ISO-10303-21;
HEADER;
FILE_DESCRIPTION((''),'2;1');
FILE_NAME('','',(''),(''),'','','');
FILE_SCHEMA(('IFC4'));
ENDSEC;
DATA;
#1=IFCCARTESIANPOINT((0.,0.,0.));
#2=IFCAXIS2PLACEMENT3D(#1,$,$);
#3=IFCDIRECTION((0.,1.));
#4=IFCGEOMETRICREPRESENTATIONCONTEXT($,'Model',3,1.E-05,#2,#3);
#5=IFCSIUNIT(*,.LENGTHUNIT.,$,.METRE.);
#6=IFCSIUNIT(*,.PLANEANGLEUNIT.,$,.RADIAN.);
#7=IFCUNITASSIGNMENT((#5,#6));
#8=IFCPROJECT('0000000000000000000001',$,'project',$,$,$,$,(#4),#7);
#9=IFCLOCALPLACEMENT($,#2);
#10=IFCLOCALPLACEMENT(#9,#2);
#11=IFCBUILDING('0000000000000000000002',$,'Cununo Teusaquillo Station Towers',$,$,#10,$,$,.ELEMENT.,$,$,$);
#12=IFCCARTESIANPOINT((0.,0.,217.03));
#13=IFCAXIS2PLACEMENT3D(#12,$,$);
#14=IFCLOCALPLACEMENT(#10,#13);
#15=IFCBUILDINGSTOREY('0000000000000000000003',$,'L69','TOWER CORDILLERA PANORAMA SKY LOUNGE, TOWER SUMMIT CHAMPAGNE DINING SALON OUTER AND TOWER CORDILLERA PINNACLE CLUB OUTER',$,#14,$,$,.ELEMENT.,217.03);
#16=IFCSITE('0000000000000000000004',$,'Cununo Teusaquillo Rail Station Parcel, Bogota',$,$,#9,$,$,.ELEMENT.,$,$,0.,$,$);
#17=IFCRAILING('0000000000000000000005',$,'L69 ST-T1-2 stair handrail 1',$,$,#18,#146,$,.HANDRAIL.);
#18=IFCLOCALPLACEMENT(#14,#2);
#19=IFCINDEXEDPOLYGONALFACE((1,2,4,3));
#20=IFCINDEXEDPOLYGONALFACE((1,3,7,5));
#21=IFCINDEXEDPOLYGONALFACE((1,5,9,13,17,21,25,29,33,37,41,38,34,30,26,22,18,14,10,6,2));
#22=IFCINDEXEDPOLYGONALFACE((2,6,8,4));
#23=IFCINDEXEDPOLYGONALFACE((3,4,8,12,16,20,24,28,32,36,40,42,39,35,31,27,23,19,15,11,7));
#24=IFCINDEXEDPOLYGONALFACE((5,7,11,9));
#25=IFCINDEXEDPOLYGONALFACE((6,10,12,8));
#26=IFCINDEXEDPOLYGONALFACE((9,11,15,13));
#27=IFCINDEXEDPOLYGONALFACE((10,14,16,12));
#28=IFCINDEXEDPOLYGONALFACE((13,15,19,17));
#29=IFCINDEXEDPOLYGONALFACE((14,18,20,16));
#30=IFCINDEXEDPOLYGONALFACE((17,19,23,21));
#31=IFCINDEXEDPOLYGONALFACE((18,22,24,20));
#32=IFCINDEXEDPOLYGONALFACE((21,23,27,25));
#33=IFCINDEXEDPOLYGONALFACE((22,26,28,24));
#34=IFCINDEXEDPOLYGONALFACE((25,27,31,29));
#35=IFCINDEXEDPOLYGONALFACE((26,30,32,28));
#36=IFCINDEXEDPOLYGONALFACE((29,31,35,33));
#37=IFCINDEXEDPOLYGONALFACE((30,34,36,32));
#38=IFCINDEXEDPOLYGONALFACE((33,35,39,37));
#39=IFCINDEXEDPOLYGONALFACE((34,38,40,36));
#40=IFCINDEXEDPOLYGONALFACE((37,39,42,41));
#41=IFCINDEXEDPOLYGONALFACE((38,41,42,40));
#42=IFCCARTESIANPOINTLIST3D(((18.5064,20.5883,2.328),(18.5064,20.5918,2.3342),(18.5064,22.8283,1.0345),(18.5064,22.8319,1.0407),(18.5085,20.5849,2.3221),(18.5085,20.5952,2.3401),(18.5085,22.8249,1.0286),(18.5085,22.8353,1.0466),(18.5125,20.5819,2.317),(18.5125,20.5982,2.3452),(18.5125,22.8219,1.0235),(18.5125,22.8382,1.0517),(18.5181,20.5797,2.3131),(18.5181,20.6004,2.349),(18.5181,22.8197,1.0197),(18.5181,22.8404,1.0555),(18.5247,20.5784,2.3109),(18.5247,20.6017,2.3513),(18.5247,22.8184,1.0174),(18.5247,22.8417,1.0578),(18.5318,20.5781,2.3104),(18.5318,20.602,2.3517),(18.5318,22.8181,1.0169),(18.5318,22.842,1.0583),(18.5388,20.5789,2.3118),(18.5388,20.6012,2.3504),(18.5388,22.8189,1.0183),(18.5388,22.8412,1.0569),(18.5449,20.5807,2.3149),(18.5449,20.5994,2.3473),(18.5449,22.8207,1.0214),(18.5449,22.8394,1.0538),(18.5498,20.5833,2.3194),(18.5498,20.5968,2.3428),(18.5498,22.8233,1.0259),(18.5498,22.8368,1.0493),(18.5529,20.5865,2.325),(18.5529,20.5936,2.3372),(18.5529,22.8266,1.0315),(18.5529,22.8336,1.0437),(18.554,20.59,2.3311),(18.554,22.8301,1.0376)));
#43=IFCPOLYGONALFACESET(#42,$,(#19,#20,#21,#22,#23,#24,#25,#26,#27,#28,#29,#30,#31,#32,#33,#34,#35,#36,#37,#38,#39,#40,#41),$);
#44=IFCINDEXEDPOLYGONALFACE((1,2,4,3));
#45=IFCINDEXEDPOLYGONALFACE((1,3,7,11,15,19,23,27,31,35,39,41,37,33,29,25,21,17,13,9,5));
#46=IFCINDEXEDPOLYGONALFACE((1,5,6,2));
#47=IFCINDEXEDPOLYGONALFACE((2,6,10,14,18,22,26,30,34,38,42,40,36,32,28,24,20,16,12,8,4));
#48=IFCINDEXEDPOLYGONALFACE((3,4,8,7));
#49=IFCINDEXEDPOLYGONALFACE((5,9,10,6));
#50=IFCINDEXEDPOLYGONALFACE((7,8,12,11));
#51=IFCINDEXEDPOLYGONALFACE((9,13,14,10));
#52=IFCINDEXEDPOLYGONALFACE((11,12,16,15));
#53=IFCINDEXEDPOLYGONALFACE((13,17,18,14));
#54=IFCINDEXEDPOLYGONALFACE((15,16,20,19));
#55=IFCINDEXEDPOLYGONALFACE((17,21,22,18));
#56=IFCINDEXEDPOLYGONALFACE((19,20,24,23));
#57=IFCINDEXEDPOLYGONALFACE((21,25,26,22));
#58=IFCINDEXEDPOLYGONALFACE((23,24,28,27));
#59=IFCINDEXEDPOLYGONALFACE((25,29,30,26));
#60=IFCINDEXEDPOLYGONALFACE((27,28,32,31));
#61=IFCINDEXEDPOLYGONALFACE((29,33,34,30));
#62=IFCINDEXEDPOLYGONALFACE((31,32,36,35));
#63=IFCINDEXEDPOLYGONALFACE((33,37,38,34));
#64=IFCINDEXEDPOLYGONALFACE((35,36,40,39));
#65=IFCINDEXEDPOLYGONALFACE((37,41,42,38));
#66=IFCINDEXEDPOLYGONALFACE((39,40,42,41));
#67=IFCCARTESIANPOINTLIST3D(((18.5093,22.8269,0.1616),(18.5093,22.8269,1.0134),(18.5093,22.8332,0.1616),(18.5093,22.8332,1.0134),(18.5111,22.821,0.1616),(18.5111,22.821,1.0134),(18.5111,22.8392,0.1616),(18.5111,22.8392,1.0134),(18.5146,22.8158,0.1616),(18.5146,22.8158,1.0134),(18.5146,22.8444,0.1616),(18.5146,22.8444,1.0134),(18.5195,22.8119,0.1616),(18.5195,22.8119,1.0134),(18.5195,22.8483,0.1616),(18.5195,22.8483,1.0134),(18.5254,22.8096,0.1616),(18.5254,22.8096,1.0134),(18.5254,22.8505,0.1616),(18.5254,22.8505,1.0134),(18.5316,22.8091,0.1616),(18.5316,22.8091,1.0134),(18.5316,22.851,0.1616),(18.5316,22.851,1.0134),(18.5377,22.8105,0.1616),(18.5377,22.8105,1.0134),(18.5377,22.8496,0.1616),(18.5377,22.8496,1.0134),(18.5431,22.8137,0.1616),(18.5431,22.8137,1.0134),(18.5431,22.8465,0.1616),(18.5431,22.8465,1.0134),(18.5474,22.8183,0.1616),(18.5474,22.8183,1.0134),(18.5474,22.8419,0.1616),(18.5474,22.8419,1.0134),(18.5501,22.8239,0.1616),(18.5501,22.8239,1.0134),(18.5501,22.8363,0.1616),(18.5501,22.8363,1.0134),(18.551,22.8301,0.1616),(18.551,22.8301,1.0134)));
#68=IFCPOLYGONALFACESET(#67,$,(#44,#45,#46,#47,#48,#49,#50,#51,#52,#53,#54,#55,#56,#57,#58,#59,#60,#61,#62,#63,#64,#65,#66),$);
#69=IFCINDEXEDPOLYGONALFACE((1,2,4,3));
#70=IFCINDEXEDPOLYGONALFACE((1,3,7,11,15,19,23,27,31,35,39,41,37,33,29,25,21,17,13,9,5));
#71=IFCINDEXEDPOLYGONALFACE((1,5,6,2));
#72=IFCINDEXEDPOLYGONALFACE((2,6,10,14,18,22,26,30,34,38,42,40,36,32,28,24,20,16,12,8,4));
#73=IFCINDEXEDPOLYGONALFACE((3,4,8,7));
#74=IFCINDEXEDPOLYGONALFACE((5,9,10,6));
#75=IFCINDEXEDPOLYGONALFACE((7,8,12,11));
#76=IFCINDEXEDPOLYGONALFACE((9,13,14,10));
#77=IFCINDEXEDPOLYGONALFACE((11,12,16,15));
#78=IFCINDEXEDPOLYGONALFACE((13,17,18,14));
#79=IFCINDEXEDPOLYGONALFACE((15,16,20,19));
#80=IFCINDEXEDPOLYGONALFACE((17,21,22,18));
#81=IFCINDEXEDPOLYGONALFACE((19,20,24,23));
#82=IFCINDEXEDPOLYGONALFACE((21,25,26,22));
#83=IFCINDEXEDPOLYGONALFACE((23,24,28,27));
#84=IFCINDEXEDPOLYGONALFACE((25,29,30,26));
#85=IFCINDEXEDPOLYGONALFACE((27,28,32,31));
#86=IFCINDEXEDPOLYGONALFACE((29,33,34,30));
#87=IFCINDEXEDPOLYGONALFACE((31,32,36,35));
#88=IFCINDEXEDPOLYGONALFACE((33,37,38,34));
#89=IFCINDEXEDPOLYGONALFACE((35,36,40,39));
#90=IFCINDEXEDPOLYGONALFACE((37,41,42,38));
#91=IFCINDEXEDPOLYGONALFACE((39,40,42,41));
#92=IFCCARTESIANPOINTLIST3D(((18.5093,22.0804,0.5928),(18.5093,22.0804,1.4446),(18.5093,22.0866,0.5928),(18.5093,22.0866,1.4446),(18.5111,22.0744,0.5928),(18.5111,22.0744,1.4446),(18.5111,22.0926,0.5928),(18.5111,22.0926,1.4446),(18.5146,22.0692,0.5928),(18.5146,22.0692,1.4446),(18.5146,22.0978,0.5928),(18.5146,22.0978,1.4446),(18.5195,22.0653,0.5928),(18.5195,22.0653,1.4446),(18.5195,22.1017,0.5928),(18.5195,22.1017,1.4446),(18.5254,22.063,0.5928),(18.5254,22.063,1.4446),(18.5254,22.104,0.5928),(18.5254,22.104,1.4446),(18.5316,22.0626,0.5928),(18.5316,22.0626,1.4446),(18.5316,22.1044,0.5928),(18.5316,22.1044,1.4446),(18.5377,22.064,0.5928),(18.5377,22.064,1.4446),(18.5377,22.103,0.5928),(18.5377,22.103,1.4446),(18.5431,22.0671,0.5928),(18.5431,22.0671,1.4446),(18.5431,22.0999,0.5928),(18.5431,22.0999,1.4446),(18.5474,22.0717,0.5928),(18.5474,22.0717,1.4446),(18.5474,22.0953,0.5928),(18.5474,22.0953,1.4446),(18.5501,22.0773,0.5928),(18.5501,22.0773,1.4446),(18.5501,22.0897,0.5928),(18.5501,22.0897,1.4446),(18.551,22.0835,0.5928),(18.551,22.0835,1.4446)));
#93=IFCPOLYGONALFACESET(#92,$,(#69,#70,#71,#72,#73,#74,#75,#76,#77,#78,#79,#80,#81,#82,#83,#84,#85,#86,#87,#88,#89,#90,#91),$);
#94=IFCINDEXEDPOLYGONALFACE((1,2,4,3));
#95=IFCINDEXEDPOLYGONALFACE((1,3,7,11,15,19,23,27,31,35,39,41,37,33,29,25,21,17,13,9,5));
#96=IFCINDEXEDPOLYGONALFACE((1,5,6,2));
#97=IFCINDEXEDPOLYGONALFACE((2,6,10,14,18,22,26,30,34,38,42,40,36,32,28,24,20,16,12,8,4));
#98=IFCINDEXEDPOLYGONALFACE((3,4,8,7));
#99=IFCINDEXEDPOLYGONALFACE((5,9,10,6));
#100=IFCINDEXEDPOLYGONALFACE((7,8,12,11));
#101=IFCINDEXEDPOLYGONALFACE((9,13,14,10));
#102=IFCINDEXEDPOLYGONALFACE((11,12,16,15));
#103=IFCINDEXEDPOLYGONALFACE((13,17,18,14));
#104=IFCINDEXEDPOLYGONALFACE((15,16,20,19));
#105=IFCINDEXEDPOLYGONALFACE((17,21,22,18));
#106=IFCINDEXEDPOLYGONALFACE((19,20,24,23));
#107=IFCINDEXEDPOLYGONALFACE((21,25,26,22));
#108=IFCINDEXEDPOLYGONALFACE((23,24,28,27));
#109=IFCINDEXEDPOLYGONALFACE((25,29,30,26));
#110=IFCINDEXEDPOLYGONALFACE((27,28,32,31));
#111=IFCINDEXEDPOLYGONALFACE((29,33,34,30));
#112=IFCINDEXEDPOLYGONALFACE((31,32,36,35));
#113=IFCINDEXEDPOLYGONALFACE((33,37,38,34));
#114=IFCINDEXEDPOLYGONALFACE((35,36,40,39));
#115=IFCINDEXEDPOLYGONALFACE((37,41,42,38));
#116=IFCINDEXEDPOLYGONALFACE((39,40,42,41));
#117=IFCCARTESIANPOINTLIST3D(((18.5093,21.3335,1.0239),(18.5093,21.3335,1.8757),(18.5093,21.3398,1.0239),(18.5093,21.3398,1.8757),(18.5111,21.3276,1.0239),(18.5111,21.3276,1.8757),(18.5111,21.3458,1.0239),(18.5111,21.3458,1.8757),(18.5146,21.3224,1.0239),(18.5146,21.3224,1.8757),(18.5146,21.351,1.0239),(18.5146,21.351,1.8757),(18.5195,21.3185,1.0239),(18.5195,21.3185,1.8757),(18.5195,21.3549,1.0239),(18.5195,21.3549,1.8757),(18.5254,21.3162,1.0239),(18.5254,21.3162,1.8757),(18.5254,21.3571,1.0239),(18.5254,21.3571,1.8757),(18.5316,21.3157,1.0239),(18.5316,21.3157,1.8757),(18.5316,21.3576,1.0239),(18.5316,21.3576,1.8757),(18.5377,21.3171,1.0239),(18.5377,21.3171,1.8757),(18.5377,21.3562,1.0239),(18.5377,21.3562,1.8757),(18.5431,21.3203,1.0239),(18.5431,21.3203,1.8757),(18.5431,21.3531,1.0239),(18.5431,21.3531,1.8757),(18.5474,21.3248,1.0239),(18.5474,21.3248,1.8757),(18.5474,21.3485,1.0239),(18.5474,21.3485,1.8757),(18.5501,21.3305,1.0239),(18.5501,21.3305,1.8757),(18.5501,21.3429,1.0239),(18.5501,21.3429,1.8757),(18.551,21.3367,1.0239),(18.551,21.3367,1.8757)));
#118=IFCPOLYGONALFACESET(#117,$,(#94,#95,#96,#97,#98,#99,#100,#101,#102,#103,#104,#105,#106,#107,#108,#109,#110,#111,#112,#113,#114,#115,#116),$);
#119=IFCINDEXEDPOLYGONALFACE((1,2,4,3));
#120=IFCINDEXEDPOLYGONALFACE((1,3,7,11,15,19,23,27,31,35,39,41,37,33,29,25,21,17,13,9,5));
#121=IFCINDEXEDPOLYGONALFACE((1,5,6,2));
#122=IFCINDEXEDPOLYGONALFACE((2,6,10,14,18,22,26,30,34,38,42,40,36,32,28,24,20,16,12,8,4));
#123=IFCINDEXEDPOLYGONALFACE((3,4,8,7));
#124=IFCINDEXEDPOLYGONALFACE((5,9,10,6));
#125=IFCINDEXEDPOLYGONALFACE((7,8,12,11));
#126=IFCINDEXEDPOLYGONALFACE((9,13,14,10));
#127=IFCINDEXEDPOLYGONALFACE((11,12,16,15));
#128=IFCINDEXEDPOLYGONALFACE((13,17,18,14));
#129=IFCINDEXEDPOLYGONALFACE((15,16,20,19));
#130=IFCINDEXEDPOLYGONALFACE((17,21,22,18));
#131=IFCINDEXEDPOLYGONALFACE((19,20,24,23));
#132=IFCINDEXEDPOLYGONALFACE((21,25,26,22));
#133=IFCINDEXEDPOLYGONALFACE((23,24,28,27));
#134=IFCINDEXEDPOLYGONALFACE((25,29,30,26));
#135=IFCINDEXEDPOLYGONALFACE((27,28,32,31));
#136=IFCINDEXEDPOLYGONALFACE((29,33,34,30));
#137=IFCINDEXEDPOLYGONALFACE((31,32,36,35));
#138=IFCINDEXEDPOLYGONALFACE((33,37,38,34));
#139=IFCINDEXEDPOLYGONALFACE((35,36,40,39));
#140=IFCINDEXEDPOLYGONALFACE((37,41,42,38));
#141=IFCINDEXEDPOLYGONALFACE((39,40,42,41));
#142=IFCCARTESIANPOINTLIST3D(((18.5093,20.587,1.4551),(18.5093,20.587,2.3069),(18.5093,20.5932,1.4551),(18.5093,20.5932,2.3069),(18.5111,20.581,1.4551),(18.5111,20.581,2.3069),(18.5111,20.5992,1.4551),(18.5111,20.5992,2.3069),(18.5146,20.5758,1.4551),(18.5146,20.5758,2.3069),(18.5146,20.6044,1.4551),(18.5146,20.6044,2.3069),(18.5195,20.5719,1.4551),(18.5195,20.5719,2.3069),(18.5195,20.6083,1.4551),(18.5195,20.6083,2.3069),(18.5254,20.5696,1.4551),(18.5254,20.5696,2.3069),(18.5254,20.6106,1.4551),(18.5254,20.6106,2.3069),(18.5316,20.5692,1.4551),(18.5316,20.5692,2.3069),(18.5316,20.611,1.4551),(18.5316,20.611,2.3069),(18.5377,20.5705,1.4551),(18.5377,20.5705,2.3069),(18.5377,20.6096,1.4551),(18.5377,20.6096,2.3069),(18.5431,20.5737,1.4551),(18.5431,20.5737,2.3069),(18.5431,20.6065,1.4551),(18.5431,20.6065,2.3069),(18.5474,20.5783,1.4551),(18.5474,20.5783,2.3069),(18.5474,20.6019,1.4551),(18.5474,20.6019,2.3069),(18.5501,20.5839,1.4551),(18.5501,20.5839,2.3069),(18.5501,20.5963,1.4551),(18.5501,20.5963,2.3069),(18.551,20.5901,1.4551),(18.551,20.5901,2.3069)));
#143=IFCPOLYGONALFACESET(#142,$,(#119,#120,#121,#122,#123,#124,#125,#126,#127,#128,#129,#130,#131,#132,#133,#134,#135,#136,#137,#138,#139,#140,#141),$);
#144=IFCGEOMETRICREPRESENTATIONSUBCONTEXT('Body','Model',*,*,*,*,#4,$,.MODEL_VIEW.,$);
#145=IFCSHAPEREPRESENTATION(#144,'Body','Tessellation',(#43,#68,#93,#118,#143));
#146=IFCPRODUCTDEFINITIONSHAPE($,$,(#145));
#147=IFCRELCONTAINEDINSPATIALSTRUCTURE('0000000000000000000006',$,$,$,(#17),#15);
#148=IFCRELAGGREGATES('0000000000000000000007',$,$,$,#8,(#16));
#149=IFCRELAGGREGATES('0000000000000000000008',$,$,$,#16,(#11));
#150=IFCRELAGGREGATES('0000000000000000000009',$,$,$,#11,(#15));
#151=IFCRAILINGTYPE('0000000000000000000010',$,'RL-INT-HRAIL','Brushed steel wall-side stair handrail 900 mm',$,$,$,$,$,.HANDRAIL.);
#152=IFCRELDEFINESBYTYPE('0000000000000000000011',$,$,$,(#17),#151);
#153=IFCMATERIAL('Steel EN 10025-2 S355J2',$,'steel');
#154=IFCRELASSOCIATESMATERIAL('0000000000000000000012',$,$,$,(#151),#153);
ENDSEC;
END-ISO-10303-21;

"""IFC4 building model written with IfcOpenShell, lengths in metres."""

from ifc_helpers import new_model, si_unit, direction, frame, origin, origin_2d, place, context, subcontext, project, spatial, circle, extrude, material, type_object, element, save


model = new_model("IFC4")

# Units and contexts
model_context = context("Model", 3, precision=1e-05, world=origin(), true_north=direction((0.0, 1.0)))
body_context = subcontext(model_context, "Body", "Model", "MODEL_VIEW")
ifc_project = project(units=[si_unit("LENGTHUNIT", "METRE"), si_unit("PLANEANGLEUNIT", "RADIAN")], contexts=[model_context])

# Site, building, storey
site_placement = place(None, origin())
site = spatial("IfcSite", under=ifc_project, at=site_placement, Name="Cununo Teusaquillo Rail Station Parcel, Bogota", CompositionType="ELEMENT", RefElevation=0.0)
building_placement = place(site_placement, origin())
building = spatial("IfcBuilding", under=site, at=building_placement, Name="Cununo Teusaquillo Station Towers", CompositionType="ELEMENT")
storey_placement = place(building_placement, frame((0.0, 0.0, 217.03)))
storey = spatial("IfcBuildingStorey", under=building, at=storey_placement, Name="L69", Description="TOWER CORDILLERA PANORAMA SKY LOUNGE, TOWER SUMMIT CHAMPAGNE DINING SALON OUTER AND TOWER CORDILLERA PINNACLE CLUB OUTER", CompositionType="ELEMENT", Elevation=217.03)

# Railing
ifc_material_1 = material(Name="Steel EN 10025-2 S355J2", Category="steel")
railing_type_1 = type_object("IfcRailingType", Name="RL-INT-HRAIL", Description="Brushed steel wall-side stair handrail 900 mm", PredefinedType="HANDRAIL", material=ifc_material_1)
railing_1_placement = place(storey_placement, frame((18.53, 22.8301, 0.1616)))
element("IfcRailing", 1, at=railing_1_placement, inside=storey, type_object=railing_type_1, Name="L69 ST-T1-2 stair handrail 1", PredefinedType="HANDRAIL", context=body_context, shape_type="SweptSolid", body=[
    extrude(circle(Radius=0.0239, at=origin_2d()), frame((0.0, 0.0, 0.876), z_axis=(0.0, -0.865992, 0.500057), x_axis=(1.0, 0.0, 0.0)), (0.0, 0.0, 1.0), 2.5867),
    extrude(circle(Radius=0.021, at=origin_2d()), origin(), (0.0, 0.0, 1.0), 0.8518),
    extrude(circle(Radius=0.021, at=origin_2d()), frame((0.0, -0.7466, 0.4312)), (0.0, 0.0, 1.0), 0.8518),
    extrude(circle(Radius=0.021, at=origin_2d()), frame((0.0, -1.4934, 0.8623)), (0.0, 0.0, 1.0), 0.8518),
    extrude(circle(Radius=0.021, at=origin_2d()), frame((0.0, -2.24, 1.2935)), (0.0, 0.0, 1.0), 0.8518),
])

save(model, "model.ifc")
